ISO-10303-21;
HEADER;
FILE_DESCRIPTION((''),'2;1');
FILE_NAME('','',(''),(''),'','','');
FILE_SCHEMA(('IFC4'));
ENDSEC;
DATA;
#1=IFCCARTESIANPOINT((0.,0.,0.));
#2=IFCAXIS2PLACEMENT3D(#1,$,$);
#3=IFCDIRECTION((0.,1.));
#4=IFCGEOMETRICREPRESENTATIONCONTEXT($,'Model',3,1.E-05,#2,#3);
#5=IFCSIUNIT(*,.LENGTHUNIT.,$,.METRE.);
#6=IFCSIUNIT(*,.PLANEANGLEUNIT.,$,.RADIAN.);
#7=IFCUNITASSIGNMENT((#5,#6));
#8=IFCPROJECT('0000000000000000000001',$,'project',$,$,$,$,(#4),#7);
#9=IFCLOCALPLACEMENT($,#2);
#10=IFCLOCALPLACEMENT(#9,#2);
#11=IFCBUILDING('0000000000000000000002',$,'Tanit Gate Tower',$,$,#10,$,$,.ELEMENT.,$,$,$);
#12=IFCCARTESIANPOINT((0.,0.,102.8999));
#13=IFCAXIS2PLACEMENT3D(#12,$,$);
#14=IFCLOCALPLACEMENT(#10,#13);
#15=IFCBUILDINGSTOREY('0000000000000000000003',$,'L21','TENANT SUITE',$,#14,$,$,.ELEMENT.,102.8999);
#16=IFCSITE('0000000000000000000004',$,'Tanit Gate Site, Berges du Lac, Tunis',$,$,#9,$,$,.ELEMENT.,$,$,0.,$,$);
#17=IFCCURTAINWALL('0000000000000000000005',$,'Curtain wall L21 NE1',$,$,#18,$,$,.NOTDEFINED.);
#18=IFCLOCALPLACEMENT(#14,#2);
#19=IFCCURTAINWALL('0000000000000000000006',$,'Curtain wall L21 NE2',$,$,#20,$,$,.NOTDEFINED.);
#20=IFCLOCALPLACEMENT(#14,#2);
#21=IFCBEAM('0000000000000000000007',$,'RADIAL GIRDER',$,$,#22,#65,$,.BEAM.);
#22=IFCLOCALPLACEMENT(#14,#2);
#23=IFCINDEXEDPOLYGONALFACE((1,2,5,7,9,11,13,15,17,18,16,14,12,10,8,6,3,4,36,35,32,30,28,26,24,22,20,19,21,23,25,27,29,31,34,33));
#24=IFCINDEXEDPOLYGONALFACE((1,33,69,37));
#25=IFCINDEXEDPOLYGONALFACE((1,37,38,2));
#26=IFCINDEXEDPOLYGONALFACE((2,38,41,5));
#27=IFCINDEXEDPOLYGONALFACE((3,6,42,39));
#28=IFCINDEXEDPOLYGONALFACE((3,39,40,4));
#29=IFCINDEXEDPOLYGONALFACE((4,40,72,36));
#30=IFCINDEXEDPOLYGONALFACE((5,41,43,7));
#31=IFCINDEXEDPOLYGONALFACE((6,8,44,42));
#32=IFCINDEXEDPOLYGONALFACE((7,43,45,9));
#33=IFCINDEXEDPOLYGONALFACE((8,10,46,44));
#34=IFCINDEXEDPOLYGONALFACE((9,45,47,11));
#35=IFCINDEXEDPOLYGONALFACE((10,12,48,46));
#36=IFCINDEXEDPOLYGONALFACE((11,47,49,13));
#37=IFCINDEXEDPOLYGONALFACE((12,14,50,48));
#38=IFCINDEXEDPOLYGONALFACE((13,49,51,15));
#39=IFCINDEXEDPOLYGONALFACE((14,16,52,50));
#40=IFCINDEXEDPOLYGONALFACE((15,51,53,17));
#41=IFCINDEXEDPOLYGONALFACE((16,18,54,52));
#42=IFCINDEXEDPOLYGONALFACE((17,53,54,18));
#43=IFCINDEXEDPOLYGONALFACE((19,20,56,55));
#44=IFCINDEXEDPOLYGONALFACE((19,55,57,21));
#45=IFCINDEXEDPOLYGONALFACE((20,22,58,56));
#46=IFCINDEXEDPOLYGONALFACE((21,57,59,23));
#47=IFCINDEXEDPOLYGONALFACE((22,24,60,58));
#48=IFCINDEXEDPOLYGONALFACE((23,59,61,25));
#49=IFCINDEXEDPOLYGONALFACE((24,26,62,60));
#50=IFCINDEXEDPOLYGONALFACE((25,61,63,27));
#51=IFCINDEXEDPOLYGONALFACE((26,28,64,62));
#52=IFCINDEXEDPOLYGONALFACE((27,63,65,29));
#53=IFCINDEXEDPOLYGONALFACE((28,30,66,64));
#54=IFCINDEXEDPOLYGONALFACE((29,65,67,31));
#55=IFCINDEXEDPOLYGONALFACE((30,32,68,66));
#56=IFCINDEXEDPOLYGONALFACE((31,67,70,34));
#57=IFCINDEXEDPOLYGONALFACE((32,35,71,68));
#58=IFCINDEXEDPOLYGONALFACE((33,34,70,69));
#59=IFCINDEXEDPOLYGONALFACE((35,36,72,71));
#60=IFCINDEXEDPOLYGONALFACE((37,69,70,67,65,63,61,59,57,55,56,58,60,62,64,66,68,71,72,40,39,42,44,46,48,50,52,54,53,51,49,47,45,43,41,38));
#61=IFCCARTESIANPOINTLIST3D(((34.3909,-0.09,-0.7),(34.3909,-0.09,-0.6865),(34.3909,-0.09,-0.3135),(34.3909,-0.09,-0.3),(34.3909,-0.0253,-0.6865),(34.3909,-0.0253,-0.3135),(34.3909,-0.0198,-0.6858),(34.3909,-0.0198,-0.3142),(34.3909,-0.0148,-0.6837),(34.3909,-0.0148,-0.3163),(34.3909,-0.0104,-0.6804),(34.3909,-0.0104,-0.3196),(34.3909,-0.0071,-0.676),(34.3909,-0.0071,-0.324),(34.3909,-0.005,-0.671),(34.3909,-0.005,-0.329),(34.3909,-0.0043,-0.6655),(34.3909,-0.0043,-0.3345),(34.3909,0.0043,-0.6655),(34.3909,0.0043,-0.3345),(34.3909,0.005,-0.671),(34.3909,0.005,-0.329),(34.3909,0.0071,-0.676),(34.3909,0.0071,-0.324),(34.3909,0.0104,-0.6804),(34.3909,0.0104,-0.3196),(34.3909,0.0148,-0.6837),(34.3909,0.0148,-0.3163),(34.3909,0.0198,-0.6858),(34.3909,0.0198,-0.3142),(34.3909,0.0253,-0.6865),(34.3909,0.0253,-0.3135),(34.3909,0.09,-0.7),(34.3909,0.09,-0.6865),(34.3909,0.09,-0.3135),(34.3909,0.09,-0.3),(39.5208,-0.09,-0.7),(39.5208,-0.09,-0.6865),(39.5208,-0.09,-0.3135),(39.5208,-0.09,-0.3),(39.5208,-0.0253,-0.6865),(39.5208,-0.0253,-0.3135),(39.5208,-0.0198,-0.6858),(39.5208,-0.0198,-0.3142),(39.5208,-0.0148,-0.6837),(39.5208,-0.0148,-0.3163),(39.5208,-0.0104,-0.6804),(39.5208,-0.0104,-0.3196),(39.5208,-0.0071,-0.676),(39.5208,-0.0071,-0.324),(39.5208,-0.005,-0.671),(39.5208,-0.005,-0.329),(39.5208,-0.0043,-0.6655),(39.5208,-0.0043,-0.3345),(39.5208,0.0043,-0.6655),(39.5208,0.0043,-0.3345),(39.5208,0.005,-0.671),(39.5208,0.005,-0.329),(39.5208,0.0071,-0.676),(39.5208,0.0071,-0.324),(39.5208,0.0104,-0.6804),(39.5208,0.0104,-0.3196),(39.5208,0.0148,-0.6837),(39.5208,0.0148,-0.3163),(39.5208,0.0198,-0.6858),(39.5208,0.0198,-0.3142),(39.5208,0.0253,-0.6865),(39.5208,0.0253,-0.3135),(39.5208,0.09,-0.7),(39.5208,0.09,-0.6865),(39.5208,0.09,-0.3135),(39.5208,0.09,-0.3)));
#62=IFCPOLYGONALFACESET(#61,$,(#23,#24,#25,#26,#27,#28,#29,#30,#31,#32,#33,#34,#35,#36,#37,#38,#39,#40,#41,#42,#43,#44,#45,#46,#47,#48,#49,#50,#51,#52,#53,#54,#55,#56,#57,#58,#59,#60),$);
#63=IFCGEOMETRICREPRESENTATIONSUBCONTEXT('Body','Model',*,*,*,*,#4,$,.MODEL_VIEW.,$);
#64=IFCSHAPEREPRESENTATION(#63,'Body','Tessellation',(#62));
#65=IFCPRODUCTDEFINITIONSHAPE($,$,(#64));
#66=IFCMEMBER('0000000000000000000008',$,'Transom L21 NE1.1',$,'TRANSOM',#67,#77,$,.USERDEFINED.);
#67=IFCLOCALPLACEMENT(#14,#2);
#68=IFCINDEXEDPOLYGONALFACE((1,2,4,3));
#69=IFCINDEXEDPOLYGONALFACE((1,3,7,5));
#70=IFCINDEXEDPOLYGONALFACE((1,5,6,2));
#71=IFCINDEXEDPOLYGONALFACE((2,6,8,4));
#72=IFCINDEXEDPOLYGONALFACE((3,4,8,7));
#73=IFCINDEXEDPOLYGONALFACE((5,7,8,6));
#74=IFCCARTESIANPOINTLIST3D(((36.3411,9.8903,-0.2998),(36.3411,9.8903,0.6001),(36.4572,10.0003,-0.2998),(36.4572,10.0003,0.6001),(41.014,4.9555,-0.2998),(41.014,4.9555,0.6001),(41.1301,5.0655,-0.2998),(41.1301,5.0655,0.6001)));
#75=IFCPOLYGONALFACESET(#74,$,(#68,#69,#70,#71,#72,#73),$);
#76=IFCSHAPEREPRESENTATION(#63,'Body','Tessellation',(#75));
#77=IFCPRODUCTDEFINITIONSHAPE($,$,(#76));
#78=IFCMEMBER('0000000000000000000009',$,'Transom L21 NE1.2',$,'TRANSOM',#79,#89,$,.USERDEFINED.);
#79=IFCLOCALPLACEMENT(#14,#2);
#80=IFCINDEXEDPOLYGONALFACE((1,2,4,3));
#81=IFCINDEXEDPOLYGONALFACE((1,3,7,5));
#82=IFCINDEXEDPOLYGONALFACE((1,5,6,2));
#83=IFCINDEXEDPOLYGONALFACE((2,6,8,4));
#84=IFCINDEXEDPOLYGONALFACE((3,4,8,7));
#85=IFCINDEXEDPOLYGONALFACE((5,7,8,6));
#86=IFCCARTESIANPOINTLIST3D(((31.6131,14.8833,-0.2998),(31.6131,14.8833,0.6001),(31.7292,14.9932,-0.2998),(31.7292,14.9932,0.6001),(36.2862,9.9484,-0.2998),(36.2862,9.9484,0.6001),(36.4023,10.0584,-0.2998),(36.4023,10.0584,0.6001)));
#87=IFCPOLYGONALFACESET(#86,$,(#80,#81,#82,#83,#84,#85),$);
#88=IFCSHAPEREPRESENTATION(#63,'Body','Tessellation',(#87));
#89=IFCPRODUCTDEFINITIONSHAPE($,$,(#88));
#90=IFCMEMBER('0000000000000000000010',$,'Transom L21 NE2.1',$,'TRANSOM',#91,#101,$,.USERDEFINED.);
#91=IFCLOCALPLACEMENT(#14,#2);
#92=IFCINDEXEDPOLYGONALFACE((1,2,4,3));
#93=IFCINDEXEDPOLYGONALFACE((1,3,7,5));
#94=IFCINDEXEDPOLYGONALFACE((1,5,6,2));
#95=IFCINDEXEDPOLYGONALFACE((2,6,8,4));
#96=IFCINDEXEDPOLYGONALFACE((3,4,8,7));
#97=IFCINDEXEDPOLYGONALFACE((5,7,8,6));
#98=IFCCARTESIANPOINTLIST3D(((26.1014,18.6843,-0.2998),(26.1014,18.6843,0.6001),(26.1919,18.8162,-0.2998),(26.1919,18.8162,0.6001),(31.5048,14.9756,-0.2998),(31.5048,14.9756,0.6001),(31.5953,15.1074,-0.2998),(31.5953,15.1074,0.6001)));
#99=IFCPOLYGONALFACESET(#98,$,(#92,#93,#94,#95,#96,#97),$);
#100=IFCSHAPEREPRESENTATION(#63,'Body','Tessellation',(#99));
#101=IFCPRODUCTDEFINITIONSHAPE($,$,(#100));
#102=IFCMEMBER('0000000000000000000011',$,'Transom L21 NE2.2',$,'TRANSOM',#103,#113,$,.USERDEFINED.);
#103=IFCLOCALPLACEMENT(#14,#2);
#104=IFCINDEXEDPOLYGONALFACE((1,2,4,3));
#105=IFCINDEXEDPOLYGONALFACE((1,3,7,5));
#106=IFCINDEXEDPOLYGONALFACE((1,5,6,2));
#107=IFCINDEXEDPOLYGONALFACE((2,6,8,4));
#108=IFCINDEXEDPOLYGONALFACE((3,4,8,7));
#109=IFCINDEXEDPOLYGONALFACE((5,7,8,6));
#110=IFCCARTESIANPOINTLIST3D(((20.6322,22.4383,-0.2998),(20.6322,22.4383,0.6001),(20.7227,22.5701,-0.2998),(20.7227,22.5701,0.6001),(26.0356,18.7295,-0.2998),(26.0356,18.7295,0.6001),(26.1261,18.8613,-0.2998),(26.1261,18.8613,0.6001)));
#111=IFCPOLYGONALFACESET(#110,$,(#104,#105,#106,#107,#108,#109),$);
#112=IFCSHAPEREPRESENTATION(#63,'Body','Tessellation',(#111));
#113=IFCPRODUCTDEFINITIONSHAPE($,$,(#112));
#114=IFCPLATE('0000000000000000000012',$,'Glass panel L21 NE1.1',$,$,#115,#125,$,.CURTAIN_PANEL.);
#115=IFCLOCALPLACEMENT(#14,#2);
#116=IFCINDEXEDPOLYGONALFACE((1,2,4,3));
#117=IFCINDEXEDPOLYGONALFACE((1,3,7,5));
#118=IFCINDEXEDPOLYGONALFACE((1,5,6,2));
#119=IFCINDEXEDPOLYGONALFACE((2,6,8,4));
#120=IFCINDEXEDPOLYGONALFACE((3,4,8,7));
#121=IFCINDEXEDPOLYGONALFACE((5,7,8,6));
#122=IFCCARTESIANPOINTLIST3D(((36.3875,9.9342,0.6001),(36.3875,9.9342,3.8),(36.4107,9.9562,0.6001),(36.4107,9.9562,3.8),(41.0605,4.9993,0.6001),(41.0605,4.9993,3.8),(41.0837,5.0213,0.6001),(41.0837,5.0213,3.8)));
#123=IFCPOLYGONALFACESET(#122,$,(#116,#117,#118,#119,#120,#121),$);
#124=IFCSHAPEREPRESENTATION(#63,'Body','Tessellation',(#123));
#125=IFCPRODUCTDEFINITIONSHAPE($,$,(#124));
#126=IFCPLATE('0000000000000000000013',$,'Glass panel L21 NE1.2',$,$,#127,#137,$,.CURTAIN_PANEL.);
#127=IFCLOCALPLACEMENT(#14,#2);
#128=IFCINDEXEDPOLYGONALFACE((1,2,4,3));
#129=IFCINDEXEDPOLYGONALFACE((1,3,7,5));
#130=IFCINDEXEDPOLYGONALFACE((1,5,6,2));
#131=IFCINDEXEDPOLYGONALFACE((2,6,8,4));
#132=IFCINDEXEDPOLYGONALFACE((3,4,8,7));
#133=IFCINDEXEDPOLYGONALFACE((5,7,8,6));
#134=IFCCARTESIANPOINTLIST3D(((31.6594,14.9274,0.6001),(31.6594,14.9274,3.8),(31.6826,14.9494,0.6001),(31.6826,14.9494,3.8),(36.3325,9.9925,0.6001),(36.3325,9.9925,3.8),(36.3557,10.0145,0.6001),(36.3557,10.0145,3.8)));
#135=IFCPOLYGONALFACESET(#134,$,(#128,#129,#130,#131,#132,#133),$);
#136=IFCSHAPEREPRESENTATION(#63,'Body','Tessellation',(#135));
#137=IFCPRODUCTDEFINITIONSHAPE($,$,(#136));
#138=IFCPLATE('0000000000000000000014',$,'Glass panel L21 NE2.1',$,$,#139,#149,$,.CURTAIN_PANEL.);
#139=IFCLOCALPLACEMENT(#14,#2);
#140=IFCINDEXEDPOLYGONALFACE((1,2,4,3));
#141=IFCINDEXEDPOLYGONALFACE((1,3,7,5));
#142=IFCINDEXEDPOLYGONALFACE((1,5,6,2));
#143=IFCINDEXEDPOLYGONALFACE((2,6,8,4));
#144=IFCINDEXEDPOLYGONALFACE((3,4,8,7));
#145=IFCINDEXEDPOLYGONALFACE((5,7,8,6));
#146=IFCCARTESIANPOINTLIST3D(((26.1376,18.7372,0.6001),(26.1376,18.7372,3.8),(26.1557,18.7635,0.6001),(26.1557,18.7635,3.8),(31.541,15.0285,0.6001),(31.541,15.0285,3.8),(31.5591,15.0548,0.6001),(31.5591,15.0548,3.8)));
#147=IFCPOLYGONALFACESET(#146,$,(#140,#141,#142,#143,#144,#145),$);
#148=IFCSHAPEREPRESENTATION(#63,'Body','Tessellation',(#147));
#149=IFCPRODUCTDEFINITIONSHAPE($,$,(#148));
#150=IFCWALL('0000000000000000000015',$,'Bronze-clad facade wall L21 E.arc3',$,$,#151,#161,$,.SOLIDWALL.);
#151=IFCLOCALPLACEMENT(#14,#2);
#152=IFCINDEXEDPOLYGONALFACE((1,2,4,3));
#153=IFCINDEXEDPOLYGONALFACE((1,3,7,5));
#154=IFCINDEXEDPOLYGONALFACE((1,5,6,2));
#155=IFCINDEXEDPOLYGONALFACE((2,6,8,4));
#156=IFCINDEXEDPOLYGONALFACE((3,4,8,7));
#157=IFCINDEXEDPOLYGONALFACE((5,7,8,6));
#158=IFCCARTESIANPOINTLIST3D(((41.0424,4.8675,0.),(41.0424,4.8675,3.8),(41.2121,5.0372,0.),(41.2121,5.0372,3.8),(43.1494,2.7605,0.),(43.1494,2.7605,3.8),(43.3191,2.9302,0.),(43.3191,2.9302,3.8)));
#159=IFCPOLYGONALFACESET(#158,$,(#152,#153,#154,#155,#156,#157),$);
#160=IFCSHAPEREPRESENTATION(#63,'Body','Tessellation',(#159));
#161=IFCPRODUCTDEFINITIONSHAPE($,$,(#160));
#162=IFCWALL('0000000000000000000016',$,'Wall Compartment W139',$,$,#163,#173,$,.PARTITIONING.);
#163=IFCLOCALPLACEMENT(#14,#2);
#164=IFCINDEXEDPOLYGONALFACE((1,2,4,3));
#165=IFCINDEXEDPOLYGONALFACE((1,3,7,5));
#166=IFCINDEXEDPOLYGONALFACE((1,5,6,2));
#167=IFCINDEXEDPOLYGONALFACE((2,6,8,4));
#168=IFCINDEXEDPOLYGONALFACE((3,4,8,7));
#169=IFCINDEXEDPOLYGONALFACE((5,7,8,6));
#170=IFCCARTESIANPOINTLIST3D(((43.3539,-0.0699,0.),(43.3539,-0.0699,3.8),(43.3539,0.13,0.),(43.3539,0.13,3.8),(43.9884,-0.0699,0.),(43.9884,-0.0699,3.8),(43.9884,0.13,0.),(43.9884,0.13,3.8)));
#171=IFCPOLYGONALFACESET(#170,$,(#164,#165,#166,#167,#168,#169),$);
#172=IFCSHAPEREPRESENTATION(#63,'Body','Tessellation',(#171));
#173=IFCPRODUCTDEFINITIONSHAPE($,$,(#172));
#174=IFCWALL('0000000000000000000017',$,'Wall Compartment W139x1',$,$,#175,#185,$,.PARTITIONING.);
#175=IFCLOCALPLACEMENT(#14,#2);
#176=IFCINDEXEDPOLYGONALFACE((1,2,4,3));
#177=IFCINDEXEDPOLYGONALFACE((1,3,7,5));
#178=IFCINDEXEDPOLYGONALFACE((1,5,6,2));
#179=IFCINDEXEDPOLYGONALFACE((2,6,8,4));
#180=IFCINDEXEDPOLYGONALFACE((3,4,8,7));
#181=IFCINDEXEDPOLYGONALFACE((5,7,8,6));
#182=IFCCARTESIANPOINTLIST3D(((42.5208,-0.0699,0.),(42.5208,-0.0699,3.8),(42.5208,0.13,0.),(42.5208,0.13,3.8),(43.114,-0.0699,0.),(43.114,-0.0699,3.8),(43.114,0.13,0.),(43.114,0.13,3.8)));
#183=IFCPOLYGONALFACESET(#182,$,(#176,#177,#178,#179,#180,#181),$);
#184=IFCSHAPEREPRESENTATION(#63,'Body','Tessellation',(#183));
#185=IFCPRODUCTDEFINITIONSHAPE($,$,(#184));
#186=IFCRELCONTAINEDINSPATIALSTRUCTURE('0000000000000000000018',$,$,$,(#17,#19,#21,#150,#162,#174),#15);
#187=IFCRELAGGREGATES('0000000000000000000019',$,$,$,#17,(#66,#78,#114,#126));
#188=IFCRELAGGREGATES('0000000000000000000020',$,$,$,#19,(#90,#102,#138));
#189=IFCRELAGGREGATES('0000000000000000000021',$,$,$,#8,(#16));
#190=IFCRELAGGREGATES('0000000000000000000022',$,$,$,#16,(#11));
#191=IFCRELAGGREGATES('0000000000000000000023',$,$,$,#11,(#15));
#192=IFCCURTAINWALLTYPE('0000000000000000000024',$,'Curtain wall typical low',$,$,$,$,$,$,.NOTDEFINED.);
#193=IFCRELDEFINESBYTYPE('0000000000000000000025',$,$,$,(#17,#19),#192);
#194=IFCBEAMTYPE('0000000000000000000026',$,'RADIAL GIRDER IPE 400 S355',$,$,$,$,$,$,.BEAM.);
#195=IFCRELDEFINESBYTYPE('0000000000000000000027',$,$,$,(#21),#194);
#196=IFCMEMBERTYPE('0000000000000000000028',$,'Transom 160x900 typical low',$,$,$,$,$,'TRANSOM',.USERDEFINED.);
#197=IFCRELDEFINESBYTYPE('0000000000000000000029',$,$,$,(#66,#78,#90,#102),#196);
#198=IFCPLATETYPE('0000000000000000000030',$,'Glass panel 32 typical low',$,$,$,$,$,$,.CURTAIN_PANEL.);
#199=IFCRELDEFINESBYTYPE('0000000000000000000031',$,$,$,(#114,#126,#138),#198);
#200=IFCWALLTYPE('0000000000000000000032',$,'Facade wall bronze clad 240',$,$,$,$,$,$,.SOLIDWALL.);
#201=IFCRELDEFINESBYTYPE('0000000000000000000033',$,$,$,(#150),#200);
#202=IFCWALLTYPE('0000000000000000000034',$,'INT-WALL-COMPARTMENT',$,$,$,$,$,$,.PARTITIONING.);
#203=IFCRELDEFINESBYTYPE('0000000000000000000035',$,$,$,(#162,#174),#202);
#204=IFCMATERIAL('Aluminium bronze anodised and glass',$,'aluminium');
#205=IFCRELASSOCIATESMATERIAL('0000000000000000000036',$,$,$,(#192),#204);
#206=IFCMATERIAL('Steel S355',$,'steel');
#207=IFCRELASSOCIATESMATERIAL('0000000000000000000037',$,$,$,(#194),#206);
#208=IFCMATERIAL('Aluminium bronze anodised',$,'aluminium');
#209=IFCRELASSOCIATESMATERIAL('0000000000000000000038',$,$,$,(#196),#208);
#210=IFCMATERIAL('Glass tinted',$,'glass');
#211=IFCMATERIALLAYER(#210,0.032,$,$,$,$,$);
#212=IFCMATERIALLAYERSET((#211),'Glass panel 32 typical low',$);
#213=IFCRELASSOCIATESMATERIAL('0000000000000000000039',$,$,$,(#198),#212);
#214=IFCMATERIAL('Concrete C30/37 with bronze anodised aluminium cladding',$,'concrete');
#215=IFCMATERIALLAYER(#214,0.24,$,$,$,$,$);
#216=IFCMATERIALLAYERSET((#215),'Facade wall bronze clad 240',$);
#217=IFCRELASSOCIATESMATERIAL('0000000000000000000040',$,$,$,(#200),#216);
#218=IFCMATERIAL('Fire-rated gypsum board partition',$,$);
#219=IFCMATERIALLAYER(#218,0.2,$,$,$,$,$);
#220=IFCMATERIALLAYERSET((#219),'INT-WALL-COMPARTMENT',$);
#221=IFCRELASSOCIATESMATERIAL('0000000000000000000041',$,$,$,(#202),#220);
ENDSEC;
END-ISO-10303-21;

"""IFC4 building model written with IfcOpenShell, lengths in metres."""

from ifc_helpers import new_model, si_unit, direction, frame, frame_2d, origin, origin_2d, place, context, subcontext, project, spatial, rectangle, i_section, extrude, material, layer, layer_set, material_profile, profile_set, type_object, element, aggregate, save


model = new_model("IFC4")

# Units and contexts
model_context = context("Model", 3, precision=1e-05, world=origin(), true_north=direction((0.0, 1.0)))
body_context = subcontext(model_context, "Body", "Model", "MODEL_VIEW")
ifc_project = project(units=[si_unit("LENGTHUNIT", "METRE"), si_unit("PLANEANGLEUNIT", "RADIAN")], contexts=[model_context])

# Site, building, storey
site_placement = place(None, origin())
site = spatial("IfcSite", under=ifc_project, at=site_placement, Name="Tanit Gate Site, Berges du Lac, Tunis", CompositionType="ELEMENT", RefElevation=0.0)
building_placement = place(site_placement, origin())
building = spatial("IfcBuilding", under=site, at=building_placement, Name="Tanit Gate Tower", CompositionType="ELEMENT")
storey_placement = place(building_placement, frame((0.0, 0.0, 102.8999)))
storey = spatial("IfcBuildingStorey", under=building, at=storey_placement, Name="L21", Description="TENANT SUITE", CompositionType="ELEMENT", Elevation=102.8999)

# Curtain wall
ifc_material_1 = material(Name="Aluminium bronze anodised and glass", Category="aluminium")
curtain_wall_type = type_object("IfcCurtainWallType", Name="Curtain wall typical low", PredefinedType="NOTDEFINED", material=ifc_material_1)
curtain_wall_1_placement = place(storey_placement, origin())
curtain_wall_1 = element("IfcCurtainWall", 1, at=curtain_wall_1_placement, inside=storey, type_object=curtain_wall_type, Name="Curtain wall L21 NE1", PredefinedType="NOTDEFINED")

# Curtain wall
curtain_wall_2_placement = place(storey_placement, origin())
curtain_wall_2 = element("IfcCurtainWall", 2, at=curtain_wall_2_placement, inside=storey, type_object=curtain_wall_type, Name="Curtain wall L21 NE2", PredefinedType="NOTDEFINED")

# Beam
ifc_material_2 = material(Name="Steel S355", Category="steel")
ifc_material_profile_1 = material_profile(ifc_material_2, i_section(OverallWidth=0.1799, OverallDepth=0.3999, WebThickness=0.0085, FlangeThickness=0.0134, FilletRadius=0.021, at=origin_2d()), Name="IPE 400")
ifc_profile_set_1 = profile_set([ifc_material_profile_1], Name="Steel S355")
beam_type_1 = type_object("IfcBeamType", Name="RADIAL GIRDER IPE 400 S355", PredefinedType="BEAM", material=ifc_profile_set_1)
beam_1_placement = place(storey_placement, frame((39.5208, 0.0, -0.5), z_axis=(-1.0, 0.0, 0.0), x_axis=(0.0, -1.0, 0.0)))
element("IfcBeam", 3, at=beam_1_placement, inside=storey, type_object=beam_type_1, Name="RADIAL GIRDER", PredefinedType="BEAM", context=body_context, shape_type="SweptSolid", body=[
    extrude(i_section(OverallWidth=0.1799, OverallDepth=0.3999, WebThickness=0.0085, FlangeThickness=0.0134, FilletRadius=0.021, at=origin_2d()), origin(), (0.0, 0.0, 1.0), 5.1299),
])

# Members
ifc_material_3 = material(Name="Aluminium bronze anodised", Category="aluminium")
ifc_material_profile_2 = material_profile(ifc_material_3, rectangle(XDim=0.1599, YDim=0.8999, at=origin_2d()), Name="160x900 bronze transom")
ifc_profile_set_2 = profile_set([ifc_material_profile_2], Name="Aluminium bronze anodised")
member_type_1 = type_object("IfcMemberType", Name="Transom 160x900 typical low", ElementType="TRANSOM", PredefinedType="USERDEFINED", material=ifc_profile_set_2)
member_1_placement = place(storey_placement, frame((41.072, 5.0105, 0.1501), z_axis=(-0.687571, 0.726117, 0.0), x_axis=(-0.726117, -0.687571, 0.0)))
member_1 = element("IfcMember", 4, at=member_1_placement, type_object=member_type_1, Name="Transom L21 NE1.1", ObjectType="TRANSOM", PredefinedType="USERDEFINED", context=body_context, shape_type="SweptSolid", body=[
    extrude(rectangle(XDim=0.1599, YDim=0.8999, at=origin_2d()), origin(), (0.0, 0.0, 1.0), 6.7961),
])
member_2_placement = place(storey_placement, frame((36.3442, 10.0034, 0.1501), z_axis=(-0.68759, 0.726099, 0.0), x_axis=(-0.726099, -0.68759, 0.0)))
member_2 = element("IfcMember", 5, at=member_2_placement, type_object=member_type_1, Name="Transom L21 NE1.2", ObjectType="TRANSOM", PredefinedType="USERDEFINED", context=body_context, shape_type="SweptSolid", body=[
    extrude(rectangle(XDim=0.1599, YDim=0.8999, at=origin_2d()), origin(), (0.0, 0.0, 1.0), 6.7964),
])
member_3_placement = place(storey_placement, frame((31.55, 15.0415, 0.1501), z_axis=(-0.824472, 0.565903, 0.0), x_axis=(-0.565903, -0.824472, 0.0)))
member_3 = element("IfcMember", 6, at=member_3_placement, type_object=member_type_1, Name="Transom L21 NE2.1", ObjectType="TRANSOM", PredefinedType="USERDEFINED", context=body_context, shape_type="SweptSolid", body=[
    extrude(rectangle(XDim=0.1599, YDim=0.8999, at=origin_2d()), origin(), (0.0, 0.0, 1.0), 6.5537),
])
member_4_placement = place(storey_placement, frame((26.0808, 18.7954, 0.1501), z_axis=(-0.824472, 0.565903, 0.0), x_axis=(-0.565903, -0.824472, 0.0)))
member_4 = element("IfcMember", 7, at=member_4_placement, type_object=member_type_1, Name="Transom L21 NE2.2", ObjectType="TRANSOM", PredefinedType="USERDEFINED", context=body_context, shape_type="SweptSolid", body=[
    extrude(rectangle(XDim=0.1599, YDim=0.8999, at=origin_2d()), origin(), (0.0, 0.0, 1.0), 6.5537),
])

# Plates
ifc_material_4 = material(Name="Glass tinted", Category="glass")
ifc_layer_1 = layer(ifc_material_4, 0.032)
ifc_layer_set_1 = layer_set([ifc_layer_1], Name="Glass panel 32 typical low")
plate_type = type_object("IfcPlateType", Name="Glass panel 32 typical low", PredefinedType="CURTAIN_PANEL", material=ifc_layer_set_1)
plate_1_placement = place(storey_placement, frame((38.7356, 7.4778, 0.6001), z_axis=(0.0, 0.0, 1.0), x_axis=(-0.687581, 0.726107, 0.0)))
plate_1 = element("IfcPlate", 8, at=plate_1_placement, type_object=plate_type, Name="Glass panel L21 NE1.1", PredefinedType="CURTAIN_PANEL", context=body_context, shape_type="SweptSolid", body=[
    extrude(rectangle(XDim=6.7964, YDim=0.032, at=origin_2d()), origin(), (0.0, 0.0, 1.0), 3.2),
])
plate_2_placement = place(storey_placement, frame((34.0076, 12.4709, 0.6001), z_axis=(0.0, 0.0, 1.0), x_axis=(-0.687581, 0.726107, 0.0)))
plate_2 = element("IfcPlate", 9, at=plate_2_placement, type_object=plate_type, Name="Glass panel L21 NE1.2", PredefinedType="CURTAIN_PANEL", context=body_context, shape_type="SweptSolid", body=[
    extrude(rectangle(XDim=6.7964, YDim=0.032, at=origin_2d()), origin(), (0.0, 0.0, 1.0), 3.2),
])
aggregate(curtain_wall_1, [member_1, member_2, plate_1, plate_2])
plate_3_placement = place(storey_placement, frame((28.8484, 16.896, 0.6001), z_axis=(0.0, 0.0, 1.0), x_axis=(-0.824479, 0.565893, 0.0)))
plate_3 = element("IfcPlate", 10, at=plate_3_placement, type_object=plate_type, Name="Glass panel L21 NE2.1", PredefinedType="CURTAIN_PANEL", context=body_context, shape_type="SweptSolid", body=[
    extrude(rectangle(XDim=6.5537, YDim=0.032, at=origin_2d()), origin(), (0.0, 0.0, 1.0), 3.2),
])
aggregate(curtain_wall_2, [member_3, member_4, plate_3])

# Walls
ifc_material_5 = material(Name="Concrete C30/37 with bronze anodised aluminium cladding", Category="concrete")
ifc_layer_2 = layer(ifc_material_5, 0.24)
ifc_layer_set_2 = layer_set([ifc_layer_2], Name="Facade wall bronze clad 240")
wall_type_1 = type_object("IfcWallType", Name="Facade wall bronze clad 240", PredefinedType="SOLIDWALL", material=ifc_layer_set_2)
wall_1_placement = place(storey_placement, frame((43.2341, 2.8455, 0.0), z_axis=(0.0, 0.0, 1.0), x_axis=(-0.707107, 0.707107, 0.0)))
element("IfcWall", 11, at=wall_1_placement, inside=storey, type_object=wall_type_1, Name="Bronze-clad facade wall L21 E.arc3", PredefinedType="SOLIDWALL", context=body_context, shape_type="SweptSolid", body=[
    extrude(rectangle(XDim=2.9797, YDim=0.24, at=frame_2d((1.4897, 0.0))), origin(), (0.0, 0.0, 1.0), 3.8),
])
ifc_material_6 = material(Name="Fire-rated gypsum board partition")
ifc_layer_3 = layer(ifc_material_6, 0.2)
ifc_layer_set_3 = layer_set([ifc_layer_3], Name="INT-WALL-COMPARTMENT")
wall_type_2 = type_object("IfcWallType", Name="INT-WALL-COMPARTMENT", PredefinedType="PARTITIONING", material=ifc_layer_set_3)
wall_2_placement = place(storey_placement, frame((43.9885, 0.03, 0.0), z_axis=(0.0, 0.0, 1.0), x_axis=(-1.0, 0.0, 0.0)))
element("IfcWall", 12, at=wall_2_placement, inside=storey, type_object=wall_type_2, Name="Wall Compartment W139", PredefinedType="PARTITIONING", context=body_context, shape_type="SweptSolid", body=[
    extrude(rectangle(XDim=0.6345, YDim=0.2, at=frame_2d((0.3174, 0.0))), origin(), (0.0, 0.0, 1.0), 3.8),
])
wall_3_placement = place(storey_placement, frame((43.114, 0.03, 0.0), z_axis=(0.0, 0.0, 1.0), x_axis=(-1.0, 0.0, 0.0)))
element("IfcWall", 13, at=wall_3_placement, inside=storey, type_object=wall_type_2, Name="Wall Compartment W139x1", PredefinedType="PARTITIONING", context=body_context, shape_type="SweptSolid", body=[
    extrude(rectangle(XDim=0.5933, YDim=0.2, at=frame_2d((0.2966, 0.0))), origin(), (0.0, 0.0, 1.0), 3.8),
])

save(model, "model.ifc")
